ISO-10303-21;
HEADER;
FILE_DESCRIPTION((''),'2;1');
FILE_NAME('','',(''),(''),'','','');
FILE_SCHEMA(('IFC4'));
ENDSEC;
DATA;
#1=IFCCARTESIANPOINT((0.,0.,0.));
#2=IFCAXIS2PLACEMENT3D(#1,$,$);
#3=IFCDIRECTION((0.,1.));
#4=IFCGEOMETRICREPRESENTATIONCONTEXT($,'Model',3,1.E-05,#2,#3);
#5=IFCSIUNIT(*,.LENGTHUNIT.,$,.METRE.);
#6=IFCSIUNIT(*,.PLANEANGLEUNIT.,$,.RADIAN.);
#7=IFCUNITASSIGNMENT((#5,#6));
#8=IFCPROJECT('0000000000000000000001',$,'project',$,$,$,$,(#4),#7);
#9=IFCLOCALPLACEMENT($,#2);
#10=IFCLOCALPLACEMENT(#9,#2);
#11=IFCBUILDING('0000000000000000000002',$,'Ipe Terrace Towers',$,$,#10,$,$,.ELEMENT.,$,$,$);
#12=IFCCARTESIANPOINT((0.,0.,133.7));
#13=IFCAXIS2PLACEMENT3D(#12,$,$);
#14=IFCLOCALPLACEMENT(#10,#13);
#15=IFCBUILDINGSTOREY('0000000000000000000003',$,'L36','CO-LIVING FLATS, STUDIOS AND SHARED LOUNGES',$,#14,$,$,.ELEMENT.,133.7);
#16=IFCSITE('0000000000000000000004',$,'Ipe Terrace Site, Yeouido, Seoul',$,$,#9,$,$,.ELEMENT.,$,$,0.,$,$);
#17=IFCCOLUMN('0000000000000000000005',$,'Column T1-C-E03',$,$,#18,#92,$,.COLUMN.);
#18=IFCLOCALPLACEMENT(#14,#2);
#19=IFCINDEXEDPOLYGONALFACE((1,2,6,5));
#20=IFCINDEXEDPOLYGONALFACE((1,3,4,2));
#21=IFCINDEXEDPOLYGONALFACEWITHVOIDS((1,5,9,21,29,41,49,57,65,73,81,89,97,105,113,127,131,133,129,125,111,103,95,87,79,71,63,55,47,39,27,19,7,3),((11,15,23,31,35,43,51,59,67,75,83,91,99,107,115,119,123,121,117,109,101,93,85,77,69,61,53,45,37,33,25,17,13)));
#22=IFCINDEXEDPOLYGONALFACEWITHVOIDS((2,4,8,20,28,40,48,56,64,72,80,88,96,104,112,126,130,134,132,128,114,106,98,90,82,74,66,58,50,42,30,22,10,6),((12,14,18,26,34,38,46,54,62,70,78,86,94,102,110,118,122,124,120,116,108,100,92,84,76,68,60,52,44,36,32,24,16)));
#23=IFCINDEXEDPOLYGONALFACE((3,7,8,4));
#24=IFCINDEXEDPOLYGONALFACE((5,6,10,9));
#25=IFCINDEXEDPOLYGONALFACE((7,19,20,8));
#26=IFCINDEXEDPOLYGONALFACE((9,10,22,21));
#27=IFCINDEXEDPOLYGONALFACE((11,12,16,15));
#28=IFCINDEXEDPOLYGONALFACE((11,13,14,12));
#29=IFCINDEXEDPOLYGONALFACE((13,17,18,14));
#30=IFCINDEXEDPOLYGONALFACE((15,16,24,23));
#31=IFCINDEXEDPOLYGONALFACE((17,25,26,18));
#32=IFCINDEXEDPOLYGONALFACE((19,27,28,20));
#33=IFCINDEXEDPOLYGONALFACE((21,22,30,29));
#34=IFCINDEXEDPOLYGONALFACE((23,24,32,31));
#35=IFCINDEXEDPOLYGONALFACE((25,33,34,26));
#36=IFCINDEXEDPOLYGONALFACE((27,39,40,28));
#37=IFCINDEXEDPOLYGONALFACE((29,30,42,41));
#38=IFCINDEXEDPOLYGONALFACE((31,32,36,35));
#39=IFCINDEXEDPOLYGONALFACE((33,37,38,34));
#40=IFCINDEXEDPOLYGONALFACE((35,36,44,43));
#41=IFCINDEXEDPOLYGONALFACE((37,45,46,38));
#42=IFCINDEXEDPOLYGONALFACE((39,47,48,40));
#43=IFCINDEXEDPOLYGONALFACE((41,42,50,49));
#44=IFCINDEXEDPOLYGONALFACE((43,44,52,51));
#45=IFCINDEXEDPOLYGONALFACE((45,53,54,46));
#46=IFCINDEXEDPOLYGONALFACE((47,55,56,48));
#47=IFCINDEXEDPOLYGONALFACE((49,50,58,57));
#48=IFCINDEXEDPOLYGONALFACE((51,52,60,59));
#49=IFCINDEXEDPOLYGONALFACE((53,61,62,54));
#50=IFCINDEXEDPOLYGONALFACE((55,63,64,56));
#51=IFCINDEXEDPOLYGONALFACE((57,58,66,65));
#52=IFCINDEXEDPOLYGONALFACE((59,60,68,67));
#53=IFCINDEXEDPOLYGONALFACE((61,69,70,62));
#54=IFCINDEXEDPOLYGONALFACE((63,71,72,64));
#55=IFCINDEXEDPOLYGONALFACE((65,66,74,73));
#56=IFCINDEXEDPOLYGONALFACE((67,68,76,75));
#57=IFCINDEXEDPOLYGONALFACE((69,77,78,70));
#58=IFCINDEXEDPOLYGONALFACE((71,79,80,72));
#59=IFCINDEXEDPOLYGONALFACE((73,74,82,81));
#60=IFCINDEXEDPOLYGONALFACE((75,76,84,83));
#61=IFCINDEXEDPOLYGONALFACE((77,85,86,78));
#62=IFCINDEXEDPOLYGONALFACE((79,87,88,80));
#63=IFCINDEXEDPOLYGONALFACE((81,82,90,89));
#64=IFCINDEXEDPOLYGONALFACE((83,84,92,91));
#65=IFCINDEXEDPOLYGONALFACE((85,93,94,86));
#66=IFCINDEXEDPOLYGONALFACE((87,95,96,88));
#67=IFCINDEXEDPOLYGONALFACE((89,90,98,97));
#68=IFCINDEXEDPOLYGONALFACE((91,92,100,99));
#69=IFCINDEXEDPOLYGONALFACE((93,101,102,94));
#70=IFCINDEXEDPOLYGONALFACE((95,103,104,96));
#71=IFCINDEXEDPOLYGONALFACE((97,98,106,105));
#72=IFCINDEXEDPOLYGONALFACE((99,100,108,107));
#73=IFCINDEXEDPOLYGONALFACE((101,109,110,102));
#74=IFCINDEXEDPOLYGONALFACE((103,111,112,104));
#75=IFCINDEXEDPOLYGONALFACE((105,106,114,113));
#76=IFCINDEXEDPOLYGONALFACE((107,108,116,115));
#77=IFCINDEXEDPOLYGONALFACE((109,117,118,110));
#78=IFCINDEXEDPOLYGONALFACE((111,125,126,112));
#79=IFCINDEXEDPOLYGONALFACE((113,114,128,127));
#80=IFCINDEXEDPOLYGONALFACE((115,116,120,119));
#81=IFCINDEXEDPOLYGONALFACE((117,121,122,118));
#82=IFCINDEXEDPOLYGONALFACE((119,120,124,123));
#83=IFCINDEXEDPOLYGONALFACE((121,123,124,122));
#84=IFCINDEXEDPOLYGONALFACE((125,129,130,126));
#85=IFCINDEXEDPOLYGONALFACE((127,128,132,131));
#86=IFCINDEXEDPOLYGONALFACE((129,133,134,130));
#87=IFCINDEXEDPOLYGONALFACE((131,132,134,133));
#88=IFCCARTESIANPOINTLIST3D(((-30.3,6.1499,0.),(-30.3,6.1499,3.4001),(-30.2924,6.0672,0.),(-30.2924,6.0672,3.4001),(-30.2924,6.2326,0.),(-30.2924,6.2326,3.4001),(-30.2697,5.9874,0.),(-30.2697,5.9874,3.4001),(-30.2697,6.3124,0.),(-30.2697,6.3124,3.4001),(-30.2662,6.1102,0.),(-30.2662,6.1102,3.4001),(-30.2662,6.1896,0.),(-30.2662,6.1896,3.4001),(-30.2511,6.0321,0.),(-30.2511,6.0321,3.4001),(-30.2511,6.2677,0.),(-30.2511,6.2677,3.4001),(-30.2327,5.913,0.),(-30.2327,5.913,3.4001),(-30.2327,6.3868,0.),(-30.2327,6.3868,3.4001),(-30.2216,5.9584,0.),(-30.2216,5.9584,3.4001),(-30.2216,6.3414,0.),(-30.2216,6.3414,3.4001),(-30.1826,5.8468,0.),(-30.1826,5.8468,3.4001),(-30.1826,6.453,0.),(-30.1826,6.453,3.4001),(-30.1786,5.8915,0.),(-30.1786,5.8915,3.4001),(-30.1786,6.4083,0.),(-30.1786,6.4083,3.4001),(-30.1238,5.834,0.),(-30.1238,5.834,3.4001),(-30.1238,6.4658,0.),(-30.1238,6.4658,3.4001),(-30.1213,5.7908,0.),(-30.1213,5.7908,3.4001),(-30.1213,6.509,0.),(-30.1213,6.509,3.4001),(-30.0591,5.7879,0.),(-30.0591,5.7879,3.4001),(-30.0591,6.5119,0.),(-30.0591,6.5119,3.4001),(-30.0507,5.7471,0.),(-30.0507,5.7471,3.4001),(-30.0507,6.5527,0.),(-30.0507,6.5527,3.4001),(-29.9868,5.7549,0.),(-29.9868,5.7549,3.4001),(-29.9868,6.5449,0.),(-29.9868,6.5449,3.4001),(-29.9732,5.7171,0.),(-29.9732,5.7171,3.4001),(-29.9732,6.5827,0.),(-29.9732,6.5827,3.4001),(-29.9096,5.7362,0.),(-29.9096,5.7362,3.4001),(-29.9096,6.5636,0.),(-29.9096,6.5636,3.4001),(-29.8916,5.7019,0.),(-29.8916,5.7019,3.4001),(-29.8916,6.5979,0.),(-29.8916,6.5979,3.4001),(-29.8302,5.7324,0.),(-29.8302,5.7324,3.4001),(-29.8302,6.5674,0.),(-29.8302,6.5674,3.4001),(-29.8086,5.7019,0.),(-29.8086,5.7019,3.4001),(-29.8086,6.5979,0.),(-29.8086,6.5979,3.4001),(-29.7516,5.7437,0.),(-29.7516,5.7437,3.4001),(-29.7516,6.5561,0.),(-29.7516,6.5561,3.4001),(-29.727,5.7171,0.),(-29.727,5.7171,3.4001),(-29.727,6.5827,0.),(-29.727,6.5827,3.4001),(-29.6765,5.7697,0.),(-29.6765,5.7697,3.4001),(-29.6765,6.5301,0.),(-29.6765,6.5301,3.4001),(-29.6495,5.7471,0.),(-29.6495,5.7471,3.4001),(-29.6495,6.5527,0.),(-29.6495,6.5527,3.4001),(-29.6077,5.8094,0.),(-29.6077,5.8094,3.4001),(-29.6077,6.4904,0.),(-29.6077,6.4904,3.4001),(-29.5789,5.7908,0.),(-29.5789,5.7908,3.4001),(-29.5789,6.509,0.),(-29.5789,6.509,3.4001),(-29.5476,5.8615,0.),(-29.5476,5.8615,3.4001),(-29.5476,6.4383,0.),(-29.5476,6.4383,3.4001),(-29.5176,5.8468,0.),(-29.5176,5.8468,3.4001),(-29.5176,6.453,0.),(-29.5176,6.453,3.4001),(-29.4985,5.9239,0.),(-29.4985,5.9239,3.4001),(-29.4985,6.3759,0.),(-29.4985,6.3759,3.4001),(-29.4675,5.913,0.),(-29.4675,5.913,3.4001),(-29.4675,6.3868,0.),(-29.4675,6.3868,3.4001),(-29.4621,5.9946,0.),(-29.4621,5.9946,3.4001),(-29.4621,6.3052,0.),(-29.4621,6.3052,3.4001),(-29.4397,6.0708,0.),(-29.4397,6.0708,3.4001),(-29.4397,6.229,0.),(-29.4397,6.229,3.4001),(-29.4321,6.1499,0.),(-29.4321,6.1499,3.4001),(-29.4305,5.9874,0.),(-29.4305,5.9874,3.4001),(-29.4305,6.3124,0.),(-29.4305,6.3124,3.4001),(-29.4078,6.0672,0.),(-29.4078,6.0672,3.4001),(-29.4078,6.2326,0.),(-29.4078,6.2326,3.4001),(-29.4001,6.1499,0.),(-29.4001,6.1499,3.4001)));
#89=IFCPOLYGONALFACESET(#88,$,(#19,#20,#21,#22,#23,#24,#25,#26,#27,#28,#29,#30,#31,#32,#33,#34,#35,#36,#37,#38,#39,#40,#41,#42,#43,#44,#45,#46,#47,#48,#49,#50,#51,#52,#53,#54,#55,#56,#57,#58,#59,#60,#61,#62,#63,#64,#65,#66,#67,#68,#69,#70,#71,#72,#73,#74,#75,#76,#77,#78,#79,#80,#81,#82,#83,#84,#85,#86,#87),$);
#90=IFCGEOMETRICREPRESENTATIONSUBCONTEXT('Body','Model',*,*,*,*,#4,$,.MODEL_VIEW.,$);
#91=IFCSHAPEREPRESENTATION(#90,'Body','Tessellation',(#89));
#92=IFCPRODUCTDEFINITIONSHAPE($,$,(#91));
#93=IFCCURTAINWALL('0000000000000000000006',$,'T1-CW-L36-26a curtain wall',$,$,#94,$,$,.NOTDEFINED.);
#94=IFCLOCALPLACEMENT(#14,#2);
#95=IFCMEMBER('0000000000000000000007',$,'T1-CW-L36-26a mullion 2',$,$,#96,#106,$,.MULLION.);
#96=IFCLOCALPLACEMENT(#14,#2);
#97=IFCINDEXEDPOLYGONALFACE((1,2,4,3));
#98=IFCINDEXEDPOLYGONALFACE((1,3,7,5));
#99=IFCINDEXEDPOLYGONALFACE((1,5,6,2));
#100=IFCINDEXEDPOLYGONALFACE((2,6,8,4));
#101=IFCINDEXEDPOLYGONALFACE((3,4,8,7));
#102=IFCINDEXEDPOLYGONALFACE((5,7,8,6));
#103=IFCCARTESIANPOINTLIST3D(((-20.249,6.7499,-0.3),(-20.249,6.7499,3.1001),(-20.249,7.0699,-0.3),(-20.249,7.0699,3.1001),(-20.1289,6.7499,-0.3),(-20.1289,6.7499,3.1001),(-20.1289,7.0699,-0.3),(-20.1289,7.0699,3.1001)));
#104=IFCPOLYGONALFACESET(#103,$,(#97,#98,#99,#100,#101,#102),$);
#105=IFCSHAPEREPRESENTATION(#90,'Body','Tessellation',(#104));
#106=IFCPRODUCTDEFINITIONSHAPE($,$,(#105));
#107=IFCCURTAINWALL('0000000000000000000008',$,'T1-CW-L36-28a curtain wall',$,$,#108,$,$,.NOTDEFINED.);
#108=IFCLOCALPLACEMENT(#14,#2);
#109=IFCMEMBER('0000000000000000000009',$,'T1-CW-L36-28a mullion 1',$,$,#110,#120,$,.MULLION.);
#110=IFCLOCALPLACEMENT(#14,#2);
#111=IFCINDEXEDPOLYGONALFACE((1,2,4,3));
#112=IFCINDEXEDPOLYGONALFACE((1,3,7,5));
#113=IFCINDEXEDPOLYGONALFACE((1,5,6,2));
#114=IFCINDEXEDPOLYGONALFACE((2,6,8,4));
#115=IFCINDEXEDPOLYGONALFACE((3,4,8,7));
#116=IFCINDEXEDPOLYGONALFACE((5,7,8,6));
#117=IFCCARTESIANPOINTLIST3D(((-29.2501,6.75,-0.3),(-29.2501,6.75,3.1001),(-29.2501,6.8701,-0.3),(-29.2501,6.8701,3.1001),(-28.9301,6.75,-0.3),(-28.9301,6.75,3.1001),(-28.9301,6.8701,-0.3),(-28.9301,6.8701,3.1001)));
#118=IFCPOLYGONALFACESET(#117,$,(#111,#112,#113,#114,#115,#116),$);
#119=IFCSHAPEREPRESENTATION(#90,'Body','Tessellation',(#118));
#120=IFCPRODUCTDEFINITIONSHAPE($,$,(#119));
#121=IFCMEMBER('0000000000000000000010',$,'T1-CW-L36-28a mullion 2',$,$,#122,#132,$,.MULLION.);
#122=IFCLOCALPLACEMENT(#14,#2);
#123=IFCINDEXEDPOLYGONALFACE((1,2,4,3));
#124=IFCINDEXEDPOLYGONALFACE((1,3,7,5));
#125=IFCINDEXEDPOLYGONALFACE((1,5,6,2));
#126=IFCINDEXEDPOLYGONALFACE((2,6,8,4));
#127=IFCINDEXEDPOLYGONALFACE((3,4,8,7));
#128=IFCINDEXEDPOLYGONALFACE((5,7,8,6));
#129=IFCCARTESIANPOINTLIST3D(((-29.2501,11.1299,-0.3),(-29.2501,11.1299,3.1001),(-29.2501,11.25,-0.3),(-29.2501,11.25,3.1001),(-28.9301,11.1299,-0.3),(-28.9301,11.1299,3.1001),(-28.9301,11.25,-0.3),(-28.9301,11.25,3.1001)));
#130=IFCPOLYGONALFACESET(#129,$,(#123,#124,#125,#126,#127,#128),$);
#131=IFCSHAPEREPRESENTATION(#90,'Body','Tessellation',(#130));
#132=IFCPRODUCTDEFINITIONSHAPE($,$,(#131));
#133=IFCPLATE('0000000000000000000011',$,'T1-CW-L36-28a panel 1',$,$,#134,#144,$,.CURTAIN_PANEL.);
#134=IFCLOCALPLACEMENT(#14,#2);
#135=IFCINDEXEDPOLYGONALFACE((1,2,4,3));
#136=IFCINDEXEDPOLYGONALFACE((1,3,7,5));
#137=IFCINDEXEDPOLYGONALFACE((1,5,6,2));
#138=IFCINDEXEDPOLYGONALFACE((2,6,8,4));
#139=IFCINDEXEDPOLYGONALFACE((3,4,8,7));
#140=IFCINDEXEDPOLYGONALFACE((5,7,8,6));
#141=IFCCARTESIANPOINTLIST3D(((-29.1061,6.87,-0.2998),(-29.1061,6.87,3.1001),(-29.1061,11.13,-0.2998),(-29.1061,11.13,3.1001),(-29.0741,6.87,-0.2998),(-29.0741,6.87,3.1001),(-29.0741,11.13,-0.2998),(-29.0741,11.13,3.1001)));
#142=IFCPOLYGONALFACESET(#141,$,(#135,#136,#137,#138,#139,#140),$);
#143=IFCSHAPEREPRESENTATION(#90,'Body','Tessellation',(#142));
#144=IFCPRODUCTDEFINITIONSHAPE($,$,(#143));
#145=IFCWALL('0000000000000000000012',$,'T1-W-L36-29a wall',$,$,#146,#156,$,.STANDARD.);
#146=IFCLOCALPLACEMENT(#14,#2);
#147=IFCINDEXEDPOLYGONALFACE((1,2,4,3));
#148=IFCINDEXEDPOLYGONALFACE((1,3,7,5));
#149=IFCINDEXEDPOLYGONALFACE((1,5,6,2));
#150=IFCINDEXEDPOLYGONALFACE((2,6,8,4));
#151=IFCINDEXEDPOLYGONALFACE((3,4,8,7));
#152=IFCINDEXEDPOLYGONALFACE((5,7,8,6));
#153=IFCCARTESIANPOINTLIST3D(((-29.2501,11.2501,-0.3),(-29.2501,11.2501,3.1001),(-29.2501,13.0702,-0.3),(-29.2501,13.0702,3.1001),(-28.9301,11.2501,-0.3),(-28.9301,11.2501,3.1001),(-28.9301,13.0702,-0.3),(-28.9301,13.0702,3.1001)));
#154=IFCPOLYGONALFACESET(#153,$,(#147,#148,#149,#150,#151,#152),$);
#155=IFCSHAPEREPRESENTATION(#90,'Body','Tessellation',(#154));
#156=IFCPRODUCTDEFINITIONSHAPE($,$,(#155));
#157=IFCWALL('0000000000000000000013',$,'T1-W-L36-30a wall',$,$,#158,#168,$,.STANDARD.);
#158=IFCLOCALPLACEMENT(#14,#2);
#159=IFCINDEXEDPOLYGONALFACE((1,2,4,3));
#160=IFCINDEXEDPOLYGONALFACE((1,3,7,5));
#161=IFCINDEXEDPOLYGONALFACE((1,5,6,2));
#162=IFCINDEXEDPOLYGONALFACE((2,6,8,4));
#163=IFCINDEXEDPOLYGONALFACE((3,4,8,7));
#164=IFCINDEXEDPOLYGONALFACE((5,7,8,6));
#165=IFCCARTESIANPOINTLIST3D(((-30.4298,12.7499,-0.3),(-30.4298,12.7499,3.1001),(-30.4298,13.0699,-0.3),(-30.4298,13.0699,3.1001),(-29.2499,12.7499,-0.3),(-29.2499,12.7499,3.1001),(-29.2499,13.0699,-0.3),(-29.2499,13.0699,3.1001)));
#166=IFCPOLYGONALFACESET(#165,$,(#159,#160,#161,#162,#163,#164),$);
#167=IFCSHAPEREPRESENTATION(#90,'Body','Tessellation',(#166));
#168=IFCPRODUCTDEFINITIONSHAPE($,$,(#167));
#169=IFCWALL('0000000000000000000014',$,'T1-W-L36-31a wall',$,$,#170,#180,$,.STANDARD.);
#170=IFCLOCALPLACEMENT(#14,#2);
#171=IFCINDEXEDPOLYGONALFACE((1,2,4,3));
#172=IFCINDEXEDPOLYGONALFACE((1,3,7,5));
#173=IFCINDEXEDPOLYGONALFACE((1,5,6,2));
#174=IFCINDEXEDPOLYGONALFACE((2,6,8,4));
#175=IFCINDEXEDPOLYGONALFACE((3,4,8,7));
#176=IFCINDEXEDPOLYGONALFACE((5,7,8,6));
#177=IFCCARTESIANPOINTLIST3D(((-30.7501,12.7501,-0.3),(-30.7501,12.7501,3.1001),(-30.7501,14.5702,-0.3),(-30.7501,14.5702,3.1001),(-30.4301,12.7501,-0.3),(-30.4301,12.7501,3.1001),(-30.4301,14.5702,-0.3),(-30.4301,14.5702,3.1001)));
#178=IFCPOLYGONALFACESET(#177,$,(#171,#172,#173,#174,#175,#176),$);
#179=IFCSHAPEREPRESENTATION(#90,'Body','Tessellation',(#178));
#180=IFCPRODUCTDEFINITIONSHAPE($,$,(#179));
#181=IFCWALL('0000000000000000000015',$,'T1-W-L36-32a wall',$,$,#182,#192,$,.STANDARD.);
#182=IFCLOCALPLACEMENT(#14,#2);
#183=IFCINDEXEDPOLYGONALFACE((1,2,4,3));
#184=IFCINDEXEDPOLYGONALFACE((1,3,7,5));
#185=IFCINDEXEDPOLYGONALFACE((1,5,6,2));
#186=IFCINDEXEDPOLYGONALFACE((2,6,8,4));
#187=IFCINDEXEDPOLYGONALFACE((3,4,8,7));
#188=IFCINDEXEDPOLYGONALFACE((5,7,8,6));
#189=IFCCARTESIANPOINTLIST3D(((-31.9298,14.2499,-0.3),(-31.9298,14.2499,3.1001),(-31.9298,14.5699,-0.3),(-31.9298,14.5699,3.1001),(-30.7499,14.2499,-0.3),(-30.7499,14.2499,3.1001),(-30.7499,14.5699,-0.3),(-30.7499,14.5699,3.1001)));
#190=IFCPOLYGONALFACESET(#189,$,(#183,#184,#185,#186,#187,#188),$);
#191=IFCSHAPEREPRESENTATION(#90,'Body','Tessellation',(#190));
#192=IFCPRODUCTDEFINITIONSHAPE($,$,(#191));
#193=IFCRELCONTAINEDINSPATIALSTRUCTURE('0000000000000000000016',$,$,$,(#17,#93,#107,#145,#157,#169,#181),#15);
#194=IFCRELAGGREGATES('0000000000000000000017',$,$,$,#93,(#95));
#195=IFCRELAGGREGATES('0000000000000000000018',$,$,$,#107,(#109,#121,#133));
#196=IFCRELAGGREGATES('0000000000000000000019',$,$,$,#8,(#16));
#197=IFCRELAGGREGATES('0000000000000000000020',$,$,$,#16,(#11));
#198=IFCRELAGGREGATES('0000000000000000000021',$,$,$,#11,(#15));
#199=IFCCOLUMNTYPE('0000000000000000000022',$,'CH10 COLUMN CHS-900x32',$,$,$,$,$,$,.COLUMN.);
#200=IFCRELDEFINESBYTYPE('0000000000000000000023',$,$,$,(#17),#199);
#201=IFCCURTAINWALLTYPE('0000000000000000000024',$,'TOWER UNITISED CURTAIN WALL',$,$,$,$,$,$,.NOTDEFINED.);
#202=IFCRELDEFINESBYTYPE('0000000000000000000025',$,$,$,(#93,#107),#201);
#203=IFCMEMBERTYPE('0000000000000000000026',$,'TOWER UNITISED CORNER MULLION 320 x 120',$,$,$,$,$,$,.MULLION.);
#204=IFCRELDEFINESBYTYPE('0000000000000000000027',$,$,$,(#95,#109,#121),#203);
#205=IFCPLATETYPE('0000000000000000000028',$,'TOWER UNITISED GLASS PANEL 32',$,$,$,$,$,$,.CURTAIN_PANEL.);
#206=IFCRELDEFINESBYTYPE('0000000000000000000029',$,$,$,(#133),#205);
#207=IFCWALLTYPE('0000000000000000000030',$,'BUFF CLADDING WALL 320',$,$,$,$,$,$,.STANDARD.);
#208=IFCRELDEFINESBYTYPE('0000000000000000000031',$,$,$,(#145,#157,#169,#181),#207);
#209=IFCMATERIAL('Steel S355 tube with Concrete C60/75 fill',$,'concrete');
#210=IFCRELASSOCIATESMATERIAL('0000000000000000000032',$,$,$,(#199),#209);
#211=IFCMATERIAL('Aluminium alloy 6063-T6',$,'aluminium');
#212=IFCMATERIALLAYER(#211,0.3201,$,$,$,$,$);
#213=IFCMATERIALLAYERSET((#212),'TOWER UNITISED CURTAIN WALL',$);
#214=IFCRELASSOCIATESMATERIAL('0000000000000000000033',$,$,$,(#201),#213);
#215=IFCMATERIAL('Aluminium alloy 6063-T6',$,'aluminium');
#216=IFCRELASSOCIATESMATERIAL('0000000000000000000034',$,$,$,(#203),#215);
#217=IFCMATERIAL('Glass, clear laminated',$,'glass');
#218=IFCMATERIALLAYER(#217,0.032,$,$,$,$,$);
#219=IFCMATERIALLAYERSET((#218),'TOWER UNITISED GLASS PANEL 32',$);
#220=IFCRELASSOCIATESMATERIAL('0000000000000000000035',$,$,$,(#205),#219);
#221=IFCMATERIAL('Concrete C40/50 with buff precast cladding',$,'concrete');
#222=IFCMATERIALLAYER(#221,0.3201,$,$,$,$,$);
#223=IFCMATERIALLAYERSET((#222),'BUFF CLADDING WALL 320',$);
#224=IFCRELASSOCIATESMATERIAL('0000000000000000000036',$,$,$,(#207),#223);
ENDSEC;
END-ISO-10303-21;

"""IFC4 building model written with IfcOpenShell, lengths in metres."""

from ifc_helpers import new_model, si_unit, direction, frame, frame_2d, origin, origin_2d, place, context, subcontext, project, spatial, rectangle, hollow_circle, extrude, material, layer, layer_set, material_profile, profile_set, type_object, element, aggregate, save


model = new_model("IFC4")

# Units and contexts
model_context = context("Model", 3, precision=1e-05, world=origin(), true_north=direction((0.0, 1.0)))
body_context = subcontext(model_context, "Body", "Model", "MODEL_VIEW")
ifc_project = project(units=[si_unit("LENGTHUNIT", "METRE"), si_unit("PLANEANGLEUNIT", "RADIAN")], contexts=[model_context])

# Site, building, storey
site_placement = place(None, origin())
site = spatial("IfcSite", under=ifc_project, at=site_placement, Name="Ipe Terrace Site, Yeouido, Seoul", CompositionType="ELEMENT", RefElevation=0.0)
building_placement = place(site_placement, origin())
building = spatial("IfcBuilding", under=site, at=building_placement, Name="Ipe Terrace Towers", CompositionType="ELEMENT")
storey_placement = place(building_placement, frame((0.0, 0.0, 133.7)))
storey = spatial("IfcBuildingStorey", under=building, at=storey_placement, Name="L36", Description="CO-LIVING FLATS, STUDIOS AND SHARED LOUNGES", CompositionType="ELEMENT", Elevation=133.7)

# Column
ifc_material_1 = material(Name="Steel S355 tube with Concrete C60/75 fill", Category="concrete")
ifc_material_profile_1 = material_profile(ifc_material_1, hollow_circle(Radius=0.45, WallThickness=0.032, at=origin_2d()), Name="CHS-900x32")
ifc_profile_set_1 = profile_set([ifc_material_profile_1], Name="Steel S355 tube with Concrete C60/75 fill")
column_type_1 = type_object("IfcColumnType", Name="CH10 COLUMN CHS-900x32", PredefinedType="COLUMN", material=ifc_profile_set_1)
column_placement = place(storey_placement, frame((-29.8501, 6.1499, 0.0), z_axis=(0.0, 0.0, 1.0), x_axis=(1.0, 0.0, 0.0)))
element("IfcColumn", 1, at=column_placement, inside=storey, type_object=column_type_1, Name="Column T1-C-E03", PredefinedType="COLUMN", context=body_context, shape_type="SweptSolid", body=[
    extrude(hollow_circle(Radius=0.45, WallThickness=0.032, at=origin_2d()), origin(), (0.0, 0.0, 1.0), 3.4001),
])

# Curtain wall, member
ifc_material_2 = material(Name="Aluminium alloy 6063-T6", Category="aluminium")
ifc_layer_1 = layer(ifc_material_2, 0.3201)
ifc_layer_set_1 = layer_set([ifc_layer_1], Name="TOWER UNITISED CURTAIN WALL")
curtain_wall_type = type_object("IfcCurtainWallType", Name="TOWER UNITISED CURTAIN WALL", PredefinedType="NOTDEFINED", material=ifc_layer_set_1)
curtain_wall_1_placement = place(storey_placement, origin())
curtain_wall_1 = element("IfcCurtainWall", 2, at=curtain_wall_1_placement, inside=storey, type_object=curtain_wall_type, Name="T1-CW-L36-26a curtain wall", PredefinedType="NOTDEFINED")
ifc_material_3 = material(Name="Aluminium alloy 6063-T6", Category="aluminium")
ifc_material_profile_2 = material_profile(ifc_material_3, rectangle(XDim=0.3201, YDim=0.1201, at=origin_2d()), Name="TOWER UNITISED CORNER MULLION 320 x 120")
ifc_profile_set_2 = profile_set([ifc_material_profile_2], Name="Aluminium alloy 6063-T6")
member_type = type_object("IfcMemberType", Name="TOWER UNITISED CORNER MULLION 320 x 120", PredefinedType="MULLION", material=ifc_profile_set_2)
member_1_placement = place(storey_placement, frame((-20.189, 6.9099, -0.3), z_axis=(0.0, 0.0, 1.0), x_axis=(0.0, 1.0, 0.0)))
member_1 = element("IfcMember", 3, at=member_1_placement, type_object=member_type, Name="T1-CW-L36-26a mullion 2", PredefinedType="MULLION", context=body_context, shape_type="SweptSolid", body=[
    extrude(rectangle(XDim=0.3201, YDim=0.1201, at=origin_2d()), origin(), (0.0, 0.0, 1.0), 3.4001),
])
aggregate(curtain_wall_1, [member_1])

# Curtain wall, members, plate
curtain_wall_2_placement = place(storey_placement, origin())
curtain_wall_2 = element("IfcCurtainWall", 4, at=curtain_wall_2_placement, inside=storey, type_object=curtain_wall_type, Name="T1-CW-L36-28a curtain wall", PredefinedType="NOTDEFINED")
member_2_placement = place(storey_placement, frame((-29.0901, 6.8101, -0.3), z_axis=(0.0, 0.0, 1.0), x_axis=(1.0, 0.0, 0.0)))
member_2 = element("IfcMember", 5, at=member_2_placement, type_object=member_type, Name="T1-CW-L36-28a mullion 1", PredefinedType="MULLION", context=body_context, shape_type="SweptSolid", body=[
    extrude(rectangle(XDim=0.3201, YDim=0.1201, at=origin_2d()), origin(), (0.0, 0.0, 1.0), 3.4001),
])
member_3_placement = place(storey_placement, frame((-29.0901, 11.1899, -0.3), z_axis=(0.0, 0.0, 1.0), x_axis=(1.0, 0.0, 0.0)))
member_3 = element("IfcMember", 6, at=member_3_placement, type_object=member_type, Name="T1-CW-L36-28a mullion 2", PredefinedType="MULLION", context=body_context, shape_type="SweptSolid", body=[
    extrude(rectangle(XDim=0.3201, YDim=0.1201, at=origin_2d()), origin(), (0.0, 0.0, 1.0), 3.4001),
])
ifc_material_4 = material(Name="Glass, clear laminated", Category="glass")
ifc_layer_2 = layer(ifc_material_4, 0.032)
ifc_layer_set_2 = layer_set([ifc_layer_2], Name="TOWER UNITISED GLASS PANEL 32")
plate_type = type_object("IfcPlateType", Name="TOWER UNITISED GLASS PANEL 32", PredefinedType="CURTAIN_PANEL", material=ifc_layer_set_2)
plate_placement = place(storey_placement, frame((-29.0901, 9.0, -0.2998), z_axis=(0.0, 0.0, 1.0), x_axis=(0.0, 1.0, 0.0)))
plate = element("IfcPlate", 7, at=plate_placement, type_object=plate_type, Name="T1-CW-L36-28a panel 1", PredefinedType="CURTAIN_PANEL", context=body_context, shape_type="SweptSolid", body=[
    extrude(rectangle(XDim=4.26, YDim=0.032, at=origin_2d()), origin(), (0.0, 0.0, 1.0), 3.3999),
])
aggregate(curtain_wall_2, [member_2, member_3, plate])

# Walls
ifc_material_5 = material(Name="Concrete C40/50 with buff precast cladding", Category="concrete")
ifc_layer_3 = layer(ifc_material_5, 0.3201)
ifc_layer_set_3 = layer_set([ifc_layer_3], Name="BUFF CLADDING WALL 320")
wall_type_1 = type_object("IfcWallType", Name="BUFF CLADDING WALL 320", PredefinedType="STANDARD", material=ifc_layer_set_3)
wall_1_placement = place(storey_placement, frame((-29.0901, 11.25, -0.3), z_axis=(0.0, 0.0, 1.0), x_axis=(0.0, 1.0, 0.0)))
element("IfcWall", 8, at=wall_1_placement, inside=storey, type_object=wall_type_1, Name="T1-W-L36-29a wall", PredefinedType="STANDARD", context=body_context, shape_type="SweptSolid", body=[
    extrude(rectangle(XDim=1.8201, YDim=0.3201, at=frame_2d((0.9102, 0.0))), origin(), (0.0, 0.0, 1.0), 3.4001),
])
wall_2_placement = place(storey_placement, frame((-29.25, 12.9099, -0.3), z_axis=(0.0, 0.0, 1.0), x_axis=(-1.0, 0.0, 0.0)))
element("IfcWall", 9, at=wall_2_placement, inside=storey, type_object=wall_type_1, Name="T1-W-L36-30a wall", PredefinedType="STANDARD", context=body_context, shape_type="SweptSolid", body=[
    extrude(rectangle(XDim=1.1799, YDim=0.3201, at=frame_2d((0.5898, 0.0))), origin(), (0.0, 0.0, 1.0), 3.4001),
])
wall_3_placement = place(storey_placement, frame((-30.5901, 12.75, -0.3), z_axis=(0.0, 0.0, 1.0), x_axis=(0.0, 1.0, 0.0)))
element("IfcWall", 10, at=wall_3_placement, inside=storey, type_object=wall_type_1, Name="T1-W-L36-31a wall", PredefinedType="STANDARD", context=body_context, shape_type="SweptSolid", body=[
    extrude(rectangle(XDim=1.8201, YDim=0.3201, at=frame_2d((0.9102, 0.0))), origin(), (0.0, 0.0, 1.0), 3.4001),
])
wall_4_placement = place(storey_placement, frame((-30.75, 14.4099, -0.3), z_axis=(0.0, 0.0, 1.0), x_axis=(-1.0, 0.0, 0.0)))
element("IfcWall", 11, at=wall_4_placement, inside=storey, type_object=wall_type_1, Name="T1-W-L36-32a wall", PredefinedType="STANDARD", context=body_context, shape_type="SweptSolid", body=[
    extrude(rectangle(XDim=1.1799, YDim=0.3201, at=frame_2d((0.5898, 0.0))), origin(), (0.0, 0.0, 1.0), 3.4001),
])

save(model, "model.ifc")
